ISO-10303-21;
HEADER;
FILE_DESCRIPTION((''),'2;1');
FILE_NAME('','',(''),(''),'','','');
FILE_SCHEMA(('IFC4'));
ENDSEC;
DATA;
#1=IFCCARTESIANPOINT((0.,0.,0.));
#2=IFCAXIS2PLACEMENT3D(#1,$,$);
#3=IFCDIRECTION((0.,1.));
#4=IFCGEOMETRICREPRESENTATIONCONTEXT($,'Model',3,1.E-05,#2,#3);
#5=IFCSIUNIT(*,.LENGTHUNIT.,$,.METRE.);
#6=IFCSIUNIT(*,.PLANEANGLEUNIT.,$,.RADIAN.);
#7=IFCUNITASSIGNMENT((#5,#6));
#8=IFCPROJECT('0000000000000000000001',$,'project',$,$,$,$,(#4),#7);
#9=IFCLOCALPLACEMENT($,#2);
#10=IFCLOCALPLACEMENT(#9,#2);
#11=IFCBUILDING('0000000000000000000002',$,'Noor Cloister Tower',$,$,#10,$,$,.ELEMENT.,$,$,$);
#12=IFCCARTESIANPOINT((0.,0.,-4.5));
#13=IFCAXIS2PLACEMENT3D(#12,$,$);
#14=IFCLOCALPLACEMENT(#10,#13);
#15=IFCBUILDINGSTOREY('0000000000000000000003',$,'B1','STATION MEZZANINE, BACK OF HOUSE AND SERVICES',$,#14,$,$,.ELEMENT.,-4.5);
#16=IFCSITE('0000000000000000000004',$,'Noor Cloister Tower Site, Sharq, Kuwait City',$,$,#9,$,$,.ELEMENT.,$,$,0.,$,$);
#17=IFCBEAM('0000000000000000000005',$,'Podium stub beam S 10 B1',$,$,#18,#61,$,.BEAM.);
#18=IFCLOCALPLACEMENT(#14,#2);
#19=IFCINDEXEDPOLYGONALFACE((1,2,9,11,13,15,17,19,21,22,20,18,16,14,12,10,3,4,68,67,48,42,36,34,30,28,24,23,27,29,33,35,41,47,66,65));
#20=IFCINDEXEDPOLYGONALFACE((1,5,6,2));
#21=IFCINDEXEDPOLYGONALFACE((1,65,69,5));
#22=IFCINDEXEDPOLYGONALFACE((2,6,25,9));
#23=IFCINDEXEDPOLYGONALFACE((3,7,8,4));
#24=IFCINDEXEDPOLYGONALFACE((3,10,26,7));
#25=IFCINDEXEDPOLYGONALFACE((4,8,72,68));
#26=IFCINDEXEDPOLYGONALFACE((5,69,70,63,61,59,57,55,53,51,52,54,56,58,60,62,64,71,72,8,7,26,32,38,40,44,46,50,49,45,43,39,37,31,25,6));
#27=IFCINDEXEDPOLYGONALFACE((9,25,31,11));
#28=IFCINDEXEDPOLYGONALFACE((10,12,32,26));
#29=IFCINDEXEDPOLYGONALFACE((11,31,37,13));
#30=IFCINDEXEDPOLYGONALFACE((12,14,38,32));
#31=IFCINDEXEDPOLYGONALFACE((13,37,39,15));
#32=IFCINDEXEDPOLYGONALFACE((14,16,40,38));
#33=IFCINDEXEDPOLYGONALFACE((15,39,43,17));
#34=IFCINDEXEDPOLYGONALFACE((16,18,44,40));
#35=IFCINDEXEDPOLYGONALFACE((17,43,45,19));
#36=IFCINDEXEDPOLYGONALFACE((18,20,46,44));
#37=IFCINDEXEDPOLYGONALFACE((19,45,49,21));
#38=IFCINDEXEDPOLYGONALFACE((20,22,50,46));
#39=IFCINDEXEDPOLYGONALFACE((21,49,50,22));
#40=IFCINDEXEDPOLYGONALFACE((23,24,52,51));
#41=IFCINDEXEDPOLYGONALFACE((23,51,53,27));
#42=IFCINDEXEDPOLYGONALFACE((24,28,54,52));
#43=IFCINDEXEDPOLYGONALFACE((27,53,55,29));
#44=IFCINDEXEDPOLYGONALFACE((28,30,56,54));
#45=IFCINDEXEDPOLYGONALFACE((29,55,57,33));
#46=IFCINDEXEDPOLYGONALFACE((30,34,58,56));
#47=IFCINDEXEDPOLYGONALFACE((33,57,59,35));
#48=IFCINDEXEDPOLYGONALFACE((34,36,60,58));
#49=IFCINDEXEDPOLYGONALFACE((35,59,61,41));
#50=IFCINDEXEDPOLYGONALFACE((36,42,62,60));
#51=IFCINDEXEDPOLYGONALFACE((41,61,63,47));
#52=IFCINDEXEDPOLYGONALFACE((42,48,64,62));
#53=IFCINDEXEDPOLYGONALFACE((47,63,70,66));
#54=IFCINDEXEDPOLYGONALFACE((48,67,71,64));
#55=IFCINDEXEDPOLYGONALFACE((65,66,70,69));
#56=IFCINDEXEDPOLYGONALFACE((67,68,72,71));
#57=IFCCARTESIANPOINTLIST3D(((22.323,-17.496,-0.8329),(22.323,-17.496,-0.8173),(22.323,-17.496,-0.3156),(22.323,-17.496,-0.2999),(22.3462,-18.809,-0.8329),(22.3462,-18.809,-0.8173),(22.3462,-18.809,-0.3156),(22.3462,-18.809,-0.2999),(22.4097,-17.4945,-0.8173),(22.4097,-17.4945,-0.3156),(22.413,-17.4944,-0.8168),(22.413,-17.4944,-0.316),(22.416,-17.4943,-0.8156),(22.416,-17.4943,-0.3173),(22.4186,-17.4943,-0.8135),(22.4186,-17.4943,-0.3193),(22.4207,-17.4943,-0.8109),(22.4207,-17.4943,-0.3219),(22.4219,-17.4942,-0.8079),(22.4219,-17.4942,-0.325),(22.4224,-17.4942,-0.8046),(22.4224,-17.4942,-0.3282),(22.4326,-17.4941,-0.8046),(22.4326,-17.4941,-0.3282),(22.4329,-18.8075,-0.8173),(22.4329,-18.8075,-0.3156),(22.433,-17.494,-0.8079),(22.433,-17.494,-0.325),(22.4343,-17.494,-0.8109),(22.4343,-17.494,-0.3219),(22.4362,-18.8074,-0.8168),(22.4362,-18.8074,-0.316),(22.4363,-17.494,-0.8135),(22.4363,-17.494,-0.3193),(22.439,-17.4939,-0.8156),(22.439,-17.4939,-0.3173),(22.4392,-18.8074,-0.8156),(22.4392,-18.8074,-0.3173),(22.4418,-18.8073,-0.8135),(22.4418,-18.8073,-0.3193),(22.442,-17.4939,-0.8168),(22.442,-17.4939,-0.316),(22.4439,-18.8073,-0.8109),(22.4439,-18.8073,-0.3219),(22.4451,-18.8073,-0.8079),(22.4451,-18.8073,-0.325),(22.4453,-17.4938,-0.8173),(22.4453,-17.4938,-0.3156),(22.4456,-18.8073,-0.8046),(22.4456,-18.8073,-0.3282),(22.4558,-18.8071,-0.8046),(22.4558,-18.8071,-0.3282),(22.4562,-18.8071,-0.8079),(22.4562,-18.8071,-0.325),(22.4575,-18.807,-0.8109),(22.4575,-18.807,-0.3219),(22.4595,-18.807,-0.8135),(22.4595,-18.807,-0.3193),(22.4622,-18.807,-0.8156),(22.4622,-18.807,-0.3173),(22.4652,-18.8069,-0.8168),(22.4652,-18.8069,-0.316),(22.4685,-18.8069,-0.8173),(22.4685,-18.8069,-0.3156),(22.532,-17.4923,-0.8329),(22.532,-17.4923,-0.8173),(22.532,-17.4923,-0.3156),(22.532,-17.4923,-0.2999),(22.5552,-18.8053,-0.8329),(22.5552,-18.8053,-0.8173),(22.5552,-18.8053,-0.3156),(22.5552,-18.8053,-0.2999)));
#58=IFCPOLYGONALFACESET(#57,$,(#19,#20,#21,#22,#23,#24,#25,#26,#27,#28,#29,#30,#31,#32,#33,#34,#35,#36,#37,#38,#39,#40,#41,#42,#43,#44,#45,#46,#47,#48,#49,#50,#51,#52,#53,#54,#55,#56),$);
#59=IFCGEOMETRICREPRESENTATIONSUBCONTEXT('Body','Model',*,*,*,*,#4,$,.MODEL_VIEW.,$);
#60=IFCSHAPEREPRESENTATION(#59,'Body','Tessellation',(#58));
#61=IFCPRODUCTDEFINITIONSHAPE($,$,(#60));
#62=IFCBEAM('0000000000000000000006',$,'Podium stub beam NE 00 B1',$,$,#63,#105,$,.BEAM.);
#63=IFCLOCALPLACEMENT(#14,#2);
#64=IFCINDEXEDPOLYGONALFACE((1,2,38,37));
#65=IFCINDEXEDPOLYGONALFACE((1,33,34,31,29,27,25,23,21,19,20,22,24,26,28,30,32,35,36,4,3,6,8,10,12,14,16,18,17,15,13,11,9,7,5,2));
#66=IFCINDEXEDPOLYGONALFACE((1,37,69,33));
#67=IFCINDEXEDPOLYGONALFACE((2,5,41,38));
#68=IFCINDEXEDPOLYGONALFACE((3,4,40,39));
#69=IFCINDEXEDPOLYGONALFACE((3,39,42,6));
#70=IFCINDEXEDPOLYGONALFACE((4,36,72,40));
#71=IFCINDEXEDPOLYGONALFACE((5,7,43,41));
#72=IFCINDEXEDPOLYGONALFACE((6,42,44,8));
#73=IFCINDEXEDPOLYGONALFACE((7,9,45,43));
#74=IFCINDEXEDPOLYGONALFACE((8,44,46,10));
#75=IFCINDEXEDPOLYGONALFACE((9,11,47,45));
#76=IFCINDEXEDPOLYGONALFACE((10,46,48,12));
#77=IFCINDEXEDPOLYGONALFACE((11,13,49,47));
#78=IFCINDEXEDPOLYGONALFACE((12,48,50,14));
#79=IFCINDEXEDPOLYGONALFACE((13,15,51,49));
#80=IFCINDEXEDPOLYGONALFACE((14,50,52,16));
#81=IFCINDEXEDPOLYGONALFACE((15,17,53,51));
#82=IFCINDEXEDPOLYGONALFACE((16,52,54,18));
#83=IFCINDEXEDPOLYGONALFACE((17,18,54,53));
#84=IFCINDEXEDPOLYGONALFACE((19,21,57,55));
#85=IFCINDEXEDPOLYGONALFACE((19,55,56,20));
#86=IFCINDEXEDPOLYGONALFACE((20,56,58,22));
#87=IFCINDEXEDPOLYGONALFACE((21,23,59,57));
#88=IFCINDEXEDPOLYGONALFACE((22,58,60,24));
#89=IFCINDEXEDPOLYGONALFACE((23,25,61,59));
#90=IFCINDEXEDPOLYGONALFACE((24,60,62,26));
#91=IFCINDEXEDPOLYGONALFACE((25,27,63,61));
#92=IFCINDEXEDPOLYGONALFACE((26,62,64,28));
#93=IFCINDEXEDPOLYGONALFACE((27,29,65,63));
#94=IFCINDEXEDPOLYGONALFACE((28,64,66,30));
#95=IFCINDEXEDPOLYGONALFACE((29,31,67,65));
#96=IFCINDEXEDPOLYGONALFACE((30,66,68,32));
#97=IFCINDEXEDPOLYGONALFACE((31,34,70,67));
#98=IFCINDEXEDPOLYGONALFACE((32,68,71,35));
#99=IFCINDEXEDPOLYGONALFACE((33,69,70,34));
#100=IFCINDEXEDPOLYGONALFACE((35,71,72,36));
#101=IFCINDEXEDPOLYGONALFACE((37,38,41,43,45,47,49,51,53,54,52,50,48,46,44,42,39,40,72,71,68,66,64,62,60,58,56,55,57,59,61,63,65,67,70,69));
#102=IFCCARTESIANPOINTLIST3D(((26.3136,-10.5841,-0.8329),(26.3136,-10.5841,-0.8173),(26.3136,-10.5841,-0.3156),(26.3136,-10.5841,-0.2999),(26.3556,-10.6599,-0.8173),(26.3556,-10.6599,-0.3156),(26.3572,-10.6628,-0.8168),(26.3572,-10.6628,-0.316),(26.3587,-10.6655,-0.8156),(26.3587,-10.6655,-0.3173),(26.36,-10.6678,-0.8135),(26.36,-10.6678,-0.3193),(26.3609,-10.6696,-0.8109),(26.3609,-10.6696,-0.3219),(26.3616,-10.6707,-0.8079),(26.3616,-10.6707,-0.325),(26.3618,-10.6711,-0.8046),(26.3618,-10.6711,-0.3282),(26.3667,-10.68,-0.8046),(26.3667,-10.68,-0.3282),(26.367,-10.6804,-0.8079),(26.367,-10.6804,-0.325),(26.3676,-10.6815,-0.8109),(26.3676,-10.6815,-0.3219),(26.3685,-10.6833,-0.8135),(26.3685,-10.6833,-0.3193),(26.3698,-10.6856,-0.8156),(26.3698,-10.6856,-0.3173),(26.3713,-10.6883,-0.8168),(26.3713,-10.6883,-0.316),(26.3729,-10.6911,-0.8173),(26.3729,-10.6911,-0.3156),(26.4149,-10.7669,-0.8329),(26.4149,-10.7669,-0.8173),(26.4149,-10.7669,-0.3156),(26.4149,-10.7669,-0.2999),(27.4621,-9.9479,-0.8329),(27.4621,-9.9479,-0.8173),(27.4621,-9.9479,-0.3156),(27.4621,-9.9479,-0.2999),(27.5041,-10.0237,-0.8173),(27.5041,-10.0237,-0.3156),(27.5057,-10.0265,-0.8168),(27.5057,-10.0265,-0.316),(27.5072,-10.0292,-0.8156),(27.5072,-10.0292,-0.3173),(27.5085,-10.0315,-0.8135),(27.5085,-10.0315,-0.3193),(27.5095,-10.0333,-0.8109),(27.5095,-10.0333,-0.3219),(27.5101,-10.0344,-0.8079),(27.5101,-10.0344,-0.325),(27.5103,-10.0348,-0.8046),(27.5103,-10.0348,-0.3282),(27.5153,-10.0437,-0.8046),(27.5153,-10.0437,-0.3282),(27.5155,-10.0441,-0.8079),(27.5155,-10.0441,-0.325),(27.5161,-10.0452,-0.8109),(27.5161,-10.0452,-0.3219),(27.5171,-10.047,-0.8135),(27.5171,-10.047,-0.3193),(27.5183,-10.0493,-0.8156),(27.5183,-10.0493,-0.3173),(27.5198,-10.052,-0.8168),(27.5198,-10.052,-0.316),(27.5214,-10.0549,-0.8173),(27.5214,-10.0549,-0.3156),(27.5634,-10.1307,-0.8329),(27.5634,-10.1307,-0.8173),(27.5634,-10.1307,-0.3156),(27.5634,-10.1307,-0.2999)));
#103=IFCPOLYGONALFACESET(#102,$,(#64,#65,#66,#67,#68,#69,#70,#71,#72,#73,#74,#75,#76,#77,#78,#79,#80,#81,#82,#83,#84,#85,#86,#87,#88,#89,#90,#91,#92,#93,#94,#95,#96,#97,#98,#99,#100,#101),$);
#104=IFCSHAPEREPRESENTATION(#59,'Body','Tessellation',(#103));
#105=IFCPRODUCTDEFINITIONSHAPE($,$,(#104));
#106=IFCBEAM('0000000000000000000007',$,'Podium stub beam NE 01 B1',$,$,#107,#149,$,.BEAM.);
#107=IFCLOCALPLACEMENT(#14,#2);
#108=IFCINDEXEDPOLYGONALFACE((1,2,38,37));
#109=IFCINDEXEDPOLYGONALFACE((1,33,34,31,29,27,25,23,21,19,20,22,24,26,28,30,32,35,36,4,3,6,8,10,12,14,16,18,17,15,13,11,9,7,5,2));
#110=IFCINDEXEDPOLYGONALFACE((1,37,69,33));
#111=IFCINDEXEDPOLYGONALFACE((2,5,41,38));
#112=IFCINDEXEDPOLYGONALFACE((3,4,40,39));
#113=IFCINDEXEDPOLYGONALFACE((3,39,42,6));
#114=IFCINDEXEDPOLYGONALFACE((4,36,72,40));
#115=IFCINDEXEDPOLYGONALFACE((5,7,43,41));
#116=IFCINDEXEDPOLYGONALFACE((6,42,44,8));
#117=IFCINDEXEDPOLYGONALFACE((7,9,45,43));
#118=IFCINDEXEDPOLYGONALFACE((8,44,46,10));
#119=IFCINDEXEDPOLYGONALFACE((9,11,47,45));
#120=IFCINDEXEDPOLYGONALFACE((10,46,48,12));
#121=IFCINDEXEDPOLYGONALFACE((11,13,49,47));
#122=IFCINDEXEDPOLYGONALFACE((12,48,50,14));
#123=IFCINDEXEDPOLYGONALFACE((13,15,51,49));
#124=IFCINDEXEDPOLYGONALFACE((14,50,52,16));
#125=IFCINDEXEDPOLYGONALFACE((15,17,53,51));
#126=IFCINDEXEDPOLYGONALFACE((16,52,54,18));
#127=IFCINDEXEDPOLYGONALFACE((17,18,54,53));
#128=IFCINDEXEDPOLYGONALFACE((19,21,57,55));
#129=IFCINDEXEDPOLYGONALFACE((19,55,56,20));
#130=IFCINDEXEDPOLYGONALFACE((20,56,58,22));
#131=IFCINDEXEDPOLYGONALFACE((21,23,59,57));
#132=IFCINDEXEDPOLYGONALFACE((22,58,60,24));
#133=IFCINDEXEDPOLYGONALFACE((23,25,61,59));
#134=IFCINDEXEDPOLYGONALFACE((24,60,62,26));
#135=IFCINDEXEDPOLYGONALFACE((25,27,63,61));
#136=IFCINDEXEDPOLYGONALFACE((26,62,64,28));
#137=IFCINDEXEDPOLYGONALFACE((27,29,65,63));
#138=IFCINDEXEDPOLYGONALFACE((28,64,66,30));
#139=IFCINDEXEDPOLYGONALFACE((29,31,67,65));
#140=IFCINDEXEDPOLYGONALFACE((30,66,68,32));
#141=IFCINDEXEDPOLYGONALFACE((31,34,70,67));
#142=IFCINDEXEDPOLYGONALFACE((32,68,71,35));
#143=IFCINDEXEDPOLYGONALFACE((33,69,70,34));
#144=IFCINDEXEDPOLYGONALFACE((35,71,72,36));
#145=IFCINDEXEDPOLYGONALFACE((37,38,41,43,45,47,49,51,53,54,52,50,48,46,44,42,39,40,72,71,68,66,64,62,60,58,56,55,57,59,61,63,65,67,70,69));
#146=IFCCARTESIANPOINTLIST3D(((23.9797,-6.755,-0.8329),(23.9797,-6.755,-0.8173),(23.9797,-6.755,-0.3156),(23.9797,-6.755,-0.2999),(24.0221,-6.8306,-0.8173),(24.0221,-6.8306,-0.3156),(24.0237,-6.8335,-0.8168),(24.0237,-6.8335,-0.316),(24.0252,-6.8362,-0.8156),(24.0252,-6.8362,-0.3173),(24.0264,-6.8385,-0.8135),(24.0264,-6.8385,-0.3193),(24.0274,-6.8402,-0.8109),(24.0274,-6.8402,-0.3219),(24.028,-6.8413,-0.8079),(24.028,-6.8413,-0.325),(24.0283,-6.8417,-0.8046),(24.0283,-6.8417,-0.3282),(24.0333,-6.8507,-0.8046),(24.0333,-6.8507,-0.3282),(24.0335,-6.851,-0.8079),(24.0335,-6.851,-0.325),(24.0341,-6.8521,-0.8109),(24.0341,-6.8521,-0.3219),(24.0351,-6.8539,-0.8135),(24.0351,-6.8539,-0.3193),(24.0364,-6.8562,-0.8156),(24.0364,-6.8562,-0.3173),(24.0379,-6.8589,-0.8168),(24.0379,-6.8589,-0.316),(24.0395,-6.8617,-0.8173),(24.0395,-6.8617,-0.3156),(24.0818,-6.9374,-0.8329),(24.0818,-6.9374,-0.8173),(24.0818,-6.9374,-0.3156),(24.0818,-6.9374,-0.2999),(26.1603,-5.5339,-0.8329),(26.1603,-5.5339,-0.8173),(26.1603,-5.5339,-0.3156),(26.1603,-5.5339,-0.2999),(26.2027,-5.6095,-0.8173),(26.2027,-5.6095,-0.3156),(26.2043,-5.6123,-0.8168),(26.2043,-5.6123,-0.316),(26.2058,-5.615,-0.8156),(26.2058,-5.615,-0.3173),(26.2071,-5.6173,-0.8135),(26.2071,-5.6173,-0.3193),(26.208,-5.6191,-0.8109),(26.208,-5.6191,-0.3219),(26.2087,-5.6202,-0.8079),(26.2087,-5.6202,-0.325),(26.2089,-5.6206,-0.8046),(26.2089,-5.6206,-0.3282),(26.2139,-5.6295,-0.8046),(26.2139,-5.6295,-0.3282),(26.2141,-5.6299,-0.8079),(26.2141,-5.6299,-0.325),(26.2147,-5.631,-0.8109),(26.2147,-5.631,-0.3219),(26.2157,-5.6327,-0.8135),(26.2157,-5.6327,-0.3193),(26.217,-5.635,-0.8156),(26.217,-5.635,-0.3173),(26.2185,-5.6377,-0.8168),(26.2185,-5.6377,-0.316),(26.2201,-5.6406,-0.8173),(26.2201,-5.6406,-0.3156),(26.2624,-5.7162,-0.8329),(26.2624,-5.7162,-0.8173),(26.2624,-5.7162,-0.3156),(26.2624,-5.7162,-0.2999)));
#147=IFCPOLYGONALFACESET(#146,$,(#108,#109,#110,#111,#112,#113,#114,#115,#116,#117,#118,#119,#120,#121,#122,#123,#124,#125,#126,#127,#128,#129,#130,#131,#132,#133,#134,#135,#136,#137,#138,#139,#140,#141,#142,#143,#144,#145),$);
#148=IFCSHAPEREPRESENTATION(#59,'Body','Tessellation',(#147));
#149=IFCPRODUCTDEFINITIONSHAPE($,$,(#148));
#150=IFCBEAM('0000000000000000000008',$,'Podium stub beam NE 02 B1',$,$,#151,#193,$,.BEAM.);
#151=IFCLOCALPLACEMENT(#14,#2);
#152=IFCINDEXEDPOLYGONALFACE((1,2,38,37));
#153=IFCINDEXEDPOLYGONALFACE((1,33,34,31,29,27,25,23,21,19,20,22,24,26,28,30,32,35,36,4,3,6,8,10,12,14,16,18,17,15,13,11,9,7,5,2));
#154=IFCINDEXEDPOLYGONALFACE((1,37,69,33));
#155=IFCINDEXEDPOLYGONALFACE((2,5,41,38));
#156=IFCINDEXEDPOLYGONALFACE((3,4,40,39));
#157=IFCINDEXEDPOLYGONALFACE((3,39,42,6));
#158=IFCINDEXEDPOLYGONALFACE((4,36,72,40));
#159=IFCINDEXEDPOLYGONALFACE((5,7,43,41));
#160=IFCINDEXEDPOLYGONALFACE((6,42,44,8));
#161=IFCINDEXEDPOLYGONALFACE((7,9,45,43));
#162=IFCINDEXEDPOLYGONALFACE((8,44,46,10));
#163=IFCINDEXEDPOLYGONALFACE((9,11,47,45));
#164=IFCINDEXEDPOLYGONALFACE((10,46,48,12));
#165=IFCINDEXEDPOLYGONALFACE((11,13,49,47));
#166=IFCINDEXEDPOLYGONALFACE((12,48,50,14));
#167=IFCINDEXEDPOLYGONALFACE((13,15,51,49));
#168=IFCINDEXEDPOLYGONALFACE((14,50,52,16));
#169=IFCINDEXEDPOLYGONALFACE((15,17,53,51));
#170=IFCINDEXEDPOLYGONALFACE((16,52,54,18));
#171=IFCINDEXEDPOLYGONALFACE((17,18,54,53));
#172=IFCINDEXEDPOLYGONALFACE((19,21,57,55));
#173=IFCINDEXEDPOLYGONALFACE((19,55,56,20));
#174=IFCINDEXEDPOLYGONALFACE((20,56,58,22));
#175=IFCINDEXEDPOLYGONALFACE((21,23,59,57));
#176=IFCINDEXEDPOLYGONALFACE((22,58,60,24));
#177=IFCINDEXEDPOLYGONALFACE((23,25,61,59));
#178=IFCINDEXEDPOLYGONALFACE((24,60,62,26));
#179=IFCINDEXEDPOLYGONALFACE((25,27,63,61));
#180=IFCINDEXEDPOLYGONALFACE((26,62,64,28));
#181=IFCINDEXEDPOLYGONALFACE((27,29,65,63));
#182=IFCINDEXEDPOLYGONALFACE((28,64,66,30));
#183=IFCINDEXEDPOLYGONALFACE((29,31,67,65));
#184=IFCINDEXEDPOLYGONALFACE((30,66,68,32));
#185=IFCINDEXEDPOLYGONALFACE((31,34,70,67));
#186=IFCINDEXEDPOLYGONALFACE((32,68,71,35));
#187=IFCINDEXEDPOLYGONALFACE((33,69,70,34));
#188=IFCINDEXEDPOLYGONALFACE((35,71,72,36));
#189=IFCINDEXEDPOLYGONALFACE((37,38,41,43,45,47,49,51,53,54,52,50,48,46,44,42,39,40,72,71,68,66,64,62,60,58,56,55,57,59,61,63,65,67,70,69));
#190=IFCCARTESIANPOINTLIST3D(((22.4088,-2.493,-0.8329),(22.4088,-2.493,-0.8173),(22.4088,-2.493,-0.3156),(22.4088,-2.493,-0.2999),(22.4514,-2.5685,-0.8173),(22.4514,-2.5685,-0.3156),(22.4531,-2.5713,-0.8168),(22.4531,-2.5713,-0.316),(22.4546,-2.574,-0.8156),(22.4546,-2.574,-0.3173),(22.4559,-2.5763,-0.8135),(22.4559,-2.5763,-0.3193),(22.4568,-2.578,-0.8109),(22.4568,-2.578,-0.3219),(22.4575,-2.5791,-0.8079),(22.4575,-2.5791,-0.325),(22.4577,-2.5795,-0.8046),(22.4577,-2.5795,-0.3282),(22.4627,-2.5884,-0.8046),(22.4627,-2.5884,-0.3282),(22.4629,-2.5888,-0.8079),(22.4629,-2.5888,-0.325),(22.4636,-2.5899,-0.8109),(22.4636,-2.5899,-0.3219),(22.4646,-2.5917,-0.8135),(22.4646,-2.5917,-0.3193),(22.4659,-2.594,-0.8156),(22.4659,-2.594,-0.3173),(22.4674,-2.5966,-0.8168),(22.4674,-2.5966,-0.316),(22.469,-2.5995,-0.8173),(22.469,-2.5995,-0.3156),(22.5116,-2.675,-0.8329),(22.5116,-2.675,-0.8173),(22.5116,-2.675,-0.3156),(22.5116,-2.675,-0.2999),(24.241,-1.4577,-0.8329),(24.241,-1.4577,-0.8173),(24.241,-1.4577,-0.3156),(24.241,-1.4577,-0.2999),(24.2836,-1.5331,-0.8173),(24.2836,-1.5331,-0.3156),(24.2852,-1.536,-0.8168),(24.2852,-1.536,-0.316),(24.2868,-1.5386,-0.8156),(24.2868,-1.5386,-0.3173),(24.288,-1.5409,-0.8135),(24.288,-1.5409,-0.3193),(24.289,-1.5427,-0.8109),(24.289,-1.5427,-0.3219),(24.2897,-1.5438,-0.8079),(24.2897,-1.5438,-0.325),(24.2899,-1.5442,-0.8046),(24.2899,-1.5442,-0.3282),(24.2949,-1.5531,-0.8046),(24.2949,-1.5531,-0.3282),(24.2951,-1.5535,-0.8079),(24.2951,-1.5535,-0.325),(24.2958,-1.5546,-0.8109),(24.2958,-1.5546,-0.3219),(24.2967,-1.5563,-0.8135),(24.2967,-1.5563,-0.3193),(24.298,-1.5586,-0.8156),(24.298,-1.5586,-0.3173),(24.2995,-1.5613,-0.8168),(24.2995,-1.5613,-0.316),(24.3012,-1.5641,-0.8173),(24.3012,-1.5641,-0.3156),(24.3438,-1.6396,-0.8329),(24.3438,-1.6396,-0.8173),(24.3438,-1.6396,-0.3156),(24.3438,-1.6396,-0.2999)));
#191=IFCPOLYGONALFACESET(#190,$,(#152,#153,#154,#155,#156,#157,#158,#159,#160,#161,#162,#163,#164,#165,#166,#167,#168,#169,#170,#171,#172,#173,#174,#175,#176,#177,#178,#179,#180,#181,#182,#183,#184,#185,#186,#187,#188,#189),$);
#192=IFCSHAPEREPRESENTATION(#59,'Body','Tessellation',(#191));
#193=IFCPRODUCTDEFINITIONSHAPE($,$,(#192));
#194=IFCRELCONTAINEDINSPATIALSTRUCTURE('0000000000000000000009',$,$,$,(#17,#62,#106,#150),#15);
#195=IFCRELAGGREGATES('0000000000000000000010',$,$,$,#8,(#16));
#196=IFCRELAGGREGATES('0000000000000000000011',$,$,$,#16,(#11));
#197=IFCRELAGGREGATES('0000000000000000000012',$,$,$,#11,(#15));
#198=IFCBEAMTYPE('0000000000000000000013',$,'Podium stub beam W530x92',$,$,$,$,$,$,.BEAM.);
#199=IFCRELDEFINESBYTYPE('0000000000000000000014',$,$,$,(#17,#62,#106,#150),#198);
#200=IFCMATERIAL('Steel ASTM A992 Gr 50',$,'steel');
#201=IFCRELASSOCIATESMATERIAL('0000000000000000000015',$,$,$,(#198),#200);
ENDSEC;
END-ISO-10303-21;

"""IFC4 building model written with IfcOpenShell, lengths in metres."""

from ifc_helpers import new_model, si_unit, direction, frame, origin, origin_2d, place, context, subcontext, project, spatial, i_section, extrude, material, material_profile, profile_set, type_object, element, save


model = new_model("IFC4")

# Units and contexts
model_context = context("Model", 3, precision=1e-05, world=origin(), true_north=direction((0.0, 1.0)))
body_context = subcontext(model_context, "Body", "Model", "MODEL_VIEW")
ifc_project = project(units=[si_unit("LENGTHUNIT", "METRE"), si_unit("PLANEANGLEUNIT", "RADIAN")], contexts=[model_context])

# Site, building, storey
site_placement = place(None, origin())
site = spatial("IfcSite", under=ifc_project, at=site_placement, Name="Noor Cloister Tower Site, Sharq, Kuwait City", CompositionType="ELEMENT", RefElevation=0.0)
building_placement = place(site_placement, origin())
building = spatial("IfcBuilding", under=site, at=building_placement, Name="Noor Cloister Tower", CompositionType="ELEMENT")
storey_placement = place(building_placement, frame((0.0, 0.0, -4.5)))
storey = spatial("IfcBuildingStorey", under=building, at=storey_placement, Name="B1", Description="STATION MEZZANINE, BACK OF HOUSE AND SERVICES", CompositionType="ELEMENT", Elevation=-4.5)

# Beams
ifc_material_1 = material(Name="Steel ASTM A992 Gr 50", Category="steel")
ifc_material_profile_1 = material_profile(ifc_material_1, i_section(OverallWidth=0.209, OverallDepth=0.533, WebThickness=0.0103, FlangeThickness=0.0156, FilletRadius=0.0127, at=origin_2d()), Name="W530x92")
ifc_profile_set_1 = profile_set([ifc_material_profile_1], Name="Steel ASTM A992 Gr 50")
beam_type_1 = type_object("IfcBeamType", Name="Podium stub beam W530x92", PredefinedType="BEAM", material=ifc_profile_set_1)
beam_1_placement = place(storey_placement, frame((22.4275, -17.4941, -0.5664), z_axis=(0.017662, -0.999844, 0.0), x_axis=(0.999844, 0.017662, 0.0)))
element("IfcBeam", 1, at=beam_1_placement, inside=storey, type_object=beam_type_1, Name="Podium stub beam S 10 B1", PredefinedType="BEAM", context=body_context, shape_type="SweptSolid", body=[
    extrude(i_section(OverallWidth=0.209, OverallDepth=0.533, WebThickness=0.0103, FlangeThickness=0.0156, FilletRadius=0.0127, at=origin_2d()), origin(), (0.0, 0.0, 1.0), 1.3132),
])
beam_2_placement = place(storey_placement, frame((26.3643, -10.6755, -0.5664), z_axis=(0.874736, 0.484601, 0.0), x_axis=(-0.484601, 0.874736, 0.0)))
element("IfcBeam", 2, at=beam_2_placement, inside=storey, type_object=beam_type_1, Name="Podium stub beam NE 00 B1", PredefinedType="BEAM", context=body_context, shape_type="SweptSolid", body=[
    extrude(i_section(OverallWidth=0.209, OverallDepth=0.533, WebThickness=0.0103, FlangeThickness=0.0156, FilletRadius=0.0127, at=origin_2d()), origin(), (0.0, 0.0, 1.0), 1.313),
])
beam_3_placement = place(storey_placement, frame((24.0308, -6.8462, -0.5664), z_axis=(0.872503, 0.488609, 0.0), x_axis=(-0.488609, 0.872503, 0.0)))
element("IfcBeam", 3, at=beam_3_placement, inside=storey, type_object=beam_type_1, Name="Podium stub beam NE 01 B1", PredefinedType="BEAM", context=body_context, shape_type="SweptSolid", body=[
    extrude(i_section(OverallWidth=0.209, OverallDepth=0.533, WebThickness=0.0103, FlangeThickness=0.0156, FilletRadius=0.0127, at=origin_2d()), origin(), (0.0, 0.0, 1.0), 2.4993),
])
beam_4_placement = place(storey_placement, frame((22.4602, -2.584, -0.5664), z_axis=(0.87061, 0.491973, 0.0), x_axis=(-0.491973, 0.87061, 0.0)))
element("IfcBeam", 4, at=beam_4_placement, inside=storey, type_object=beam_type_1, Name="Podium stub beam NE 02 B1", PredefinedType="BEAM", context=body_context, shape_type="SweptSolid", body=[
    extrude(i_section(OverallWidth=0.209, OverallDepth=0.533, WebThickness=0.0103, FlangeThickness=0.0156, FilletRadius=0.0127, at=origin_2d()), origin(), (0.0, 0.0, 1.0), 2.1045),
])

save(model, "model.ifc")
